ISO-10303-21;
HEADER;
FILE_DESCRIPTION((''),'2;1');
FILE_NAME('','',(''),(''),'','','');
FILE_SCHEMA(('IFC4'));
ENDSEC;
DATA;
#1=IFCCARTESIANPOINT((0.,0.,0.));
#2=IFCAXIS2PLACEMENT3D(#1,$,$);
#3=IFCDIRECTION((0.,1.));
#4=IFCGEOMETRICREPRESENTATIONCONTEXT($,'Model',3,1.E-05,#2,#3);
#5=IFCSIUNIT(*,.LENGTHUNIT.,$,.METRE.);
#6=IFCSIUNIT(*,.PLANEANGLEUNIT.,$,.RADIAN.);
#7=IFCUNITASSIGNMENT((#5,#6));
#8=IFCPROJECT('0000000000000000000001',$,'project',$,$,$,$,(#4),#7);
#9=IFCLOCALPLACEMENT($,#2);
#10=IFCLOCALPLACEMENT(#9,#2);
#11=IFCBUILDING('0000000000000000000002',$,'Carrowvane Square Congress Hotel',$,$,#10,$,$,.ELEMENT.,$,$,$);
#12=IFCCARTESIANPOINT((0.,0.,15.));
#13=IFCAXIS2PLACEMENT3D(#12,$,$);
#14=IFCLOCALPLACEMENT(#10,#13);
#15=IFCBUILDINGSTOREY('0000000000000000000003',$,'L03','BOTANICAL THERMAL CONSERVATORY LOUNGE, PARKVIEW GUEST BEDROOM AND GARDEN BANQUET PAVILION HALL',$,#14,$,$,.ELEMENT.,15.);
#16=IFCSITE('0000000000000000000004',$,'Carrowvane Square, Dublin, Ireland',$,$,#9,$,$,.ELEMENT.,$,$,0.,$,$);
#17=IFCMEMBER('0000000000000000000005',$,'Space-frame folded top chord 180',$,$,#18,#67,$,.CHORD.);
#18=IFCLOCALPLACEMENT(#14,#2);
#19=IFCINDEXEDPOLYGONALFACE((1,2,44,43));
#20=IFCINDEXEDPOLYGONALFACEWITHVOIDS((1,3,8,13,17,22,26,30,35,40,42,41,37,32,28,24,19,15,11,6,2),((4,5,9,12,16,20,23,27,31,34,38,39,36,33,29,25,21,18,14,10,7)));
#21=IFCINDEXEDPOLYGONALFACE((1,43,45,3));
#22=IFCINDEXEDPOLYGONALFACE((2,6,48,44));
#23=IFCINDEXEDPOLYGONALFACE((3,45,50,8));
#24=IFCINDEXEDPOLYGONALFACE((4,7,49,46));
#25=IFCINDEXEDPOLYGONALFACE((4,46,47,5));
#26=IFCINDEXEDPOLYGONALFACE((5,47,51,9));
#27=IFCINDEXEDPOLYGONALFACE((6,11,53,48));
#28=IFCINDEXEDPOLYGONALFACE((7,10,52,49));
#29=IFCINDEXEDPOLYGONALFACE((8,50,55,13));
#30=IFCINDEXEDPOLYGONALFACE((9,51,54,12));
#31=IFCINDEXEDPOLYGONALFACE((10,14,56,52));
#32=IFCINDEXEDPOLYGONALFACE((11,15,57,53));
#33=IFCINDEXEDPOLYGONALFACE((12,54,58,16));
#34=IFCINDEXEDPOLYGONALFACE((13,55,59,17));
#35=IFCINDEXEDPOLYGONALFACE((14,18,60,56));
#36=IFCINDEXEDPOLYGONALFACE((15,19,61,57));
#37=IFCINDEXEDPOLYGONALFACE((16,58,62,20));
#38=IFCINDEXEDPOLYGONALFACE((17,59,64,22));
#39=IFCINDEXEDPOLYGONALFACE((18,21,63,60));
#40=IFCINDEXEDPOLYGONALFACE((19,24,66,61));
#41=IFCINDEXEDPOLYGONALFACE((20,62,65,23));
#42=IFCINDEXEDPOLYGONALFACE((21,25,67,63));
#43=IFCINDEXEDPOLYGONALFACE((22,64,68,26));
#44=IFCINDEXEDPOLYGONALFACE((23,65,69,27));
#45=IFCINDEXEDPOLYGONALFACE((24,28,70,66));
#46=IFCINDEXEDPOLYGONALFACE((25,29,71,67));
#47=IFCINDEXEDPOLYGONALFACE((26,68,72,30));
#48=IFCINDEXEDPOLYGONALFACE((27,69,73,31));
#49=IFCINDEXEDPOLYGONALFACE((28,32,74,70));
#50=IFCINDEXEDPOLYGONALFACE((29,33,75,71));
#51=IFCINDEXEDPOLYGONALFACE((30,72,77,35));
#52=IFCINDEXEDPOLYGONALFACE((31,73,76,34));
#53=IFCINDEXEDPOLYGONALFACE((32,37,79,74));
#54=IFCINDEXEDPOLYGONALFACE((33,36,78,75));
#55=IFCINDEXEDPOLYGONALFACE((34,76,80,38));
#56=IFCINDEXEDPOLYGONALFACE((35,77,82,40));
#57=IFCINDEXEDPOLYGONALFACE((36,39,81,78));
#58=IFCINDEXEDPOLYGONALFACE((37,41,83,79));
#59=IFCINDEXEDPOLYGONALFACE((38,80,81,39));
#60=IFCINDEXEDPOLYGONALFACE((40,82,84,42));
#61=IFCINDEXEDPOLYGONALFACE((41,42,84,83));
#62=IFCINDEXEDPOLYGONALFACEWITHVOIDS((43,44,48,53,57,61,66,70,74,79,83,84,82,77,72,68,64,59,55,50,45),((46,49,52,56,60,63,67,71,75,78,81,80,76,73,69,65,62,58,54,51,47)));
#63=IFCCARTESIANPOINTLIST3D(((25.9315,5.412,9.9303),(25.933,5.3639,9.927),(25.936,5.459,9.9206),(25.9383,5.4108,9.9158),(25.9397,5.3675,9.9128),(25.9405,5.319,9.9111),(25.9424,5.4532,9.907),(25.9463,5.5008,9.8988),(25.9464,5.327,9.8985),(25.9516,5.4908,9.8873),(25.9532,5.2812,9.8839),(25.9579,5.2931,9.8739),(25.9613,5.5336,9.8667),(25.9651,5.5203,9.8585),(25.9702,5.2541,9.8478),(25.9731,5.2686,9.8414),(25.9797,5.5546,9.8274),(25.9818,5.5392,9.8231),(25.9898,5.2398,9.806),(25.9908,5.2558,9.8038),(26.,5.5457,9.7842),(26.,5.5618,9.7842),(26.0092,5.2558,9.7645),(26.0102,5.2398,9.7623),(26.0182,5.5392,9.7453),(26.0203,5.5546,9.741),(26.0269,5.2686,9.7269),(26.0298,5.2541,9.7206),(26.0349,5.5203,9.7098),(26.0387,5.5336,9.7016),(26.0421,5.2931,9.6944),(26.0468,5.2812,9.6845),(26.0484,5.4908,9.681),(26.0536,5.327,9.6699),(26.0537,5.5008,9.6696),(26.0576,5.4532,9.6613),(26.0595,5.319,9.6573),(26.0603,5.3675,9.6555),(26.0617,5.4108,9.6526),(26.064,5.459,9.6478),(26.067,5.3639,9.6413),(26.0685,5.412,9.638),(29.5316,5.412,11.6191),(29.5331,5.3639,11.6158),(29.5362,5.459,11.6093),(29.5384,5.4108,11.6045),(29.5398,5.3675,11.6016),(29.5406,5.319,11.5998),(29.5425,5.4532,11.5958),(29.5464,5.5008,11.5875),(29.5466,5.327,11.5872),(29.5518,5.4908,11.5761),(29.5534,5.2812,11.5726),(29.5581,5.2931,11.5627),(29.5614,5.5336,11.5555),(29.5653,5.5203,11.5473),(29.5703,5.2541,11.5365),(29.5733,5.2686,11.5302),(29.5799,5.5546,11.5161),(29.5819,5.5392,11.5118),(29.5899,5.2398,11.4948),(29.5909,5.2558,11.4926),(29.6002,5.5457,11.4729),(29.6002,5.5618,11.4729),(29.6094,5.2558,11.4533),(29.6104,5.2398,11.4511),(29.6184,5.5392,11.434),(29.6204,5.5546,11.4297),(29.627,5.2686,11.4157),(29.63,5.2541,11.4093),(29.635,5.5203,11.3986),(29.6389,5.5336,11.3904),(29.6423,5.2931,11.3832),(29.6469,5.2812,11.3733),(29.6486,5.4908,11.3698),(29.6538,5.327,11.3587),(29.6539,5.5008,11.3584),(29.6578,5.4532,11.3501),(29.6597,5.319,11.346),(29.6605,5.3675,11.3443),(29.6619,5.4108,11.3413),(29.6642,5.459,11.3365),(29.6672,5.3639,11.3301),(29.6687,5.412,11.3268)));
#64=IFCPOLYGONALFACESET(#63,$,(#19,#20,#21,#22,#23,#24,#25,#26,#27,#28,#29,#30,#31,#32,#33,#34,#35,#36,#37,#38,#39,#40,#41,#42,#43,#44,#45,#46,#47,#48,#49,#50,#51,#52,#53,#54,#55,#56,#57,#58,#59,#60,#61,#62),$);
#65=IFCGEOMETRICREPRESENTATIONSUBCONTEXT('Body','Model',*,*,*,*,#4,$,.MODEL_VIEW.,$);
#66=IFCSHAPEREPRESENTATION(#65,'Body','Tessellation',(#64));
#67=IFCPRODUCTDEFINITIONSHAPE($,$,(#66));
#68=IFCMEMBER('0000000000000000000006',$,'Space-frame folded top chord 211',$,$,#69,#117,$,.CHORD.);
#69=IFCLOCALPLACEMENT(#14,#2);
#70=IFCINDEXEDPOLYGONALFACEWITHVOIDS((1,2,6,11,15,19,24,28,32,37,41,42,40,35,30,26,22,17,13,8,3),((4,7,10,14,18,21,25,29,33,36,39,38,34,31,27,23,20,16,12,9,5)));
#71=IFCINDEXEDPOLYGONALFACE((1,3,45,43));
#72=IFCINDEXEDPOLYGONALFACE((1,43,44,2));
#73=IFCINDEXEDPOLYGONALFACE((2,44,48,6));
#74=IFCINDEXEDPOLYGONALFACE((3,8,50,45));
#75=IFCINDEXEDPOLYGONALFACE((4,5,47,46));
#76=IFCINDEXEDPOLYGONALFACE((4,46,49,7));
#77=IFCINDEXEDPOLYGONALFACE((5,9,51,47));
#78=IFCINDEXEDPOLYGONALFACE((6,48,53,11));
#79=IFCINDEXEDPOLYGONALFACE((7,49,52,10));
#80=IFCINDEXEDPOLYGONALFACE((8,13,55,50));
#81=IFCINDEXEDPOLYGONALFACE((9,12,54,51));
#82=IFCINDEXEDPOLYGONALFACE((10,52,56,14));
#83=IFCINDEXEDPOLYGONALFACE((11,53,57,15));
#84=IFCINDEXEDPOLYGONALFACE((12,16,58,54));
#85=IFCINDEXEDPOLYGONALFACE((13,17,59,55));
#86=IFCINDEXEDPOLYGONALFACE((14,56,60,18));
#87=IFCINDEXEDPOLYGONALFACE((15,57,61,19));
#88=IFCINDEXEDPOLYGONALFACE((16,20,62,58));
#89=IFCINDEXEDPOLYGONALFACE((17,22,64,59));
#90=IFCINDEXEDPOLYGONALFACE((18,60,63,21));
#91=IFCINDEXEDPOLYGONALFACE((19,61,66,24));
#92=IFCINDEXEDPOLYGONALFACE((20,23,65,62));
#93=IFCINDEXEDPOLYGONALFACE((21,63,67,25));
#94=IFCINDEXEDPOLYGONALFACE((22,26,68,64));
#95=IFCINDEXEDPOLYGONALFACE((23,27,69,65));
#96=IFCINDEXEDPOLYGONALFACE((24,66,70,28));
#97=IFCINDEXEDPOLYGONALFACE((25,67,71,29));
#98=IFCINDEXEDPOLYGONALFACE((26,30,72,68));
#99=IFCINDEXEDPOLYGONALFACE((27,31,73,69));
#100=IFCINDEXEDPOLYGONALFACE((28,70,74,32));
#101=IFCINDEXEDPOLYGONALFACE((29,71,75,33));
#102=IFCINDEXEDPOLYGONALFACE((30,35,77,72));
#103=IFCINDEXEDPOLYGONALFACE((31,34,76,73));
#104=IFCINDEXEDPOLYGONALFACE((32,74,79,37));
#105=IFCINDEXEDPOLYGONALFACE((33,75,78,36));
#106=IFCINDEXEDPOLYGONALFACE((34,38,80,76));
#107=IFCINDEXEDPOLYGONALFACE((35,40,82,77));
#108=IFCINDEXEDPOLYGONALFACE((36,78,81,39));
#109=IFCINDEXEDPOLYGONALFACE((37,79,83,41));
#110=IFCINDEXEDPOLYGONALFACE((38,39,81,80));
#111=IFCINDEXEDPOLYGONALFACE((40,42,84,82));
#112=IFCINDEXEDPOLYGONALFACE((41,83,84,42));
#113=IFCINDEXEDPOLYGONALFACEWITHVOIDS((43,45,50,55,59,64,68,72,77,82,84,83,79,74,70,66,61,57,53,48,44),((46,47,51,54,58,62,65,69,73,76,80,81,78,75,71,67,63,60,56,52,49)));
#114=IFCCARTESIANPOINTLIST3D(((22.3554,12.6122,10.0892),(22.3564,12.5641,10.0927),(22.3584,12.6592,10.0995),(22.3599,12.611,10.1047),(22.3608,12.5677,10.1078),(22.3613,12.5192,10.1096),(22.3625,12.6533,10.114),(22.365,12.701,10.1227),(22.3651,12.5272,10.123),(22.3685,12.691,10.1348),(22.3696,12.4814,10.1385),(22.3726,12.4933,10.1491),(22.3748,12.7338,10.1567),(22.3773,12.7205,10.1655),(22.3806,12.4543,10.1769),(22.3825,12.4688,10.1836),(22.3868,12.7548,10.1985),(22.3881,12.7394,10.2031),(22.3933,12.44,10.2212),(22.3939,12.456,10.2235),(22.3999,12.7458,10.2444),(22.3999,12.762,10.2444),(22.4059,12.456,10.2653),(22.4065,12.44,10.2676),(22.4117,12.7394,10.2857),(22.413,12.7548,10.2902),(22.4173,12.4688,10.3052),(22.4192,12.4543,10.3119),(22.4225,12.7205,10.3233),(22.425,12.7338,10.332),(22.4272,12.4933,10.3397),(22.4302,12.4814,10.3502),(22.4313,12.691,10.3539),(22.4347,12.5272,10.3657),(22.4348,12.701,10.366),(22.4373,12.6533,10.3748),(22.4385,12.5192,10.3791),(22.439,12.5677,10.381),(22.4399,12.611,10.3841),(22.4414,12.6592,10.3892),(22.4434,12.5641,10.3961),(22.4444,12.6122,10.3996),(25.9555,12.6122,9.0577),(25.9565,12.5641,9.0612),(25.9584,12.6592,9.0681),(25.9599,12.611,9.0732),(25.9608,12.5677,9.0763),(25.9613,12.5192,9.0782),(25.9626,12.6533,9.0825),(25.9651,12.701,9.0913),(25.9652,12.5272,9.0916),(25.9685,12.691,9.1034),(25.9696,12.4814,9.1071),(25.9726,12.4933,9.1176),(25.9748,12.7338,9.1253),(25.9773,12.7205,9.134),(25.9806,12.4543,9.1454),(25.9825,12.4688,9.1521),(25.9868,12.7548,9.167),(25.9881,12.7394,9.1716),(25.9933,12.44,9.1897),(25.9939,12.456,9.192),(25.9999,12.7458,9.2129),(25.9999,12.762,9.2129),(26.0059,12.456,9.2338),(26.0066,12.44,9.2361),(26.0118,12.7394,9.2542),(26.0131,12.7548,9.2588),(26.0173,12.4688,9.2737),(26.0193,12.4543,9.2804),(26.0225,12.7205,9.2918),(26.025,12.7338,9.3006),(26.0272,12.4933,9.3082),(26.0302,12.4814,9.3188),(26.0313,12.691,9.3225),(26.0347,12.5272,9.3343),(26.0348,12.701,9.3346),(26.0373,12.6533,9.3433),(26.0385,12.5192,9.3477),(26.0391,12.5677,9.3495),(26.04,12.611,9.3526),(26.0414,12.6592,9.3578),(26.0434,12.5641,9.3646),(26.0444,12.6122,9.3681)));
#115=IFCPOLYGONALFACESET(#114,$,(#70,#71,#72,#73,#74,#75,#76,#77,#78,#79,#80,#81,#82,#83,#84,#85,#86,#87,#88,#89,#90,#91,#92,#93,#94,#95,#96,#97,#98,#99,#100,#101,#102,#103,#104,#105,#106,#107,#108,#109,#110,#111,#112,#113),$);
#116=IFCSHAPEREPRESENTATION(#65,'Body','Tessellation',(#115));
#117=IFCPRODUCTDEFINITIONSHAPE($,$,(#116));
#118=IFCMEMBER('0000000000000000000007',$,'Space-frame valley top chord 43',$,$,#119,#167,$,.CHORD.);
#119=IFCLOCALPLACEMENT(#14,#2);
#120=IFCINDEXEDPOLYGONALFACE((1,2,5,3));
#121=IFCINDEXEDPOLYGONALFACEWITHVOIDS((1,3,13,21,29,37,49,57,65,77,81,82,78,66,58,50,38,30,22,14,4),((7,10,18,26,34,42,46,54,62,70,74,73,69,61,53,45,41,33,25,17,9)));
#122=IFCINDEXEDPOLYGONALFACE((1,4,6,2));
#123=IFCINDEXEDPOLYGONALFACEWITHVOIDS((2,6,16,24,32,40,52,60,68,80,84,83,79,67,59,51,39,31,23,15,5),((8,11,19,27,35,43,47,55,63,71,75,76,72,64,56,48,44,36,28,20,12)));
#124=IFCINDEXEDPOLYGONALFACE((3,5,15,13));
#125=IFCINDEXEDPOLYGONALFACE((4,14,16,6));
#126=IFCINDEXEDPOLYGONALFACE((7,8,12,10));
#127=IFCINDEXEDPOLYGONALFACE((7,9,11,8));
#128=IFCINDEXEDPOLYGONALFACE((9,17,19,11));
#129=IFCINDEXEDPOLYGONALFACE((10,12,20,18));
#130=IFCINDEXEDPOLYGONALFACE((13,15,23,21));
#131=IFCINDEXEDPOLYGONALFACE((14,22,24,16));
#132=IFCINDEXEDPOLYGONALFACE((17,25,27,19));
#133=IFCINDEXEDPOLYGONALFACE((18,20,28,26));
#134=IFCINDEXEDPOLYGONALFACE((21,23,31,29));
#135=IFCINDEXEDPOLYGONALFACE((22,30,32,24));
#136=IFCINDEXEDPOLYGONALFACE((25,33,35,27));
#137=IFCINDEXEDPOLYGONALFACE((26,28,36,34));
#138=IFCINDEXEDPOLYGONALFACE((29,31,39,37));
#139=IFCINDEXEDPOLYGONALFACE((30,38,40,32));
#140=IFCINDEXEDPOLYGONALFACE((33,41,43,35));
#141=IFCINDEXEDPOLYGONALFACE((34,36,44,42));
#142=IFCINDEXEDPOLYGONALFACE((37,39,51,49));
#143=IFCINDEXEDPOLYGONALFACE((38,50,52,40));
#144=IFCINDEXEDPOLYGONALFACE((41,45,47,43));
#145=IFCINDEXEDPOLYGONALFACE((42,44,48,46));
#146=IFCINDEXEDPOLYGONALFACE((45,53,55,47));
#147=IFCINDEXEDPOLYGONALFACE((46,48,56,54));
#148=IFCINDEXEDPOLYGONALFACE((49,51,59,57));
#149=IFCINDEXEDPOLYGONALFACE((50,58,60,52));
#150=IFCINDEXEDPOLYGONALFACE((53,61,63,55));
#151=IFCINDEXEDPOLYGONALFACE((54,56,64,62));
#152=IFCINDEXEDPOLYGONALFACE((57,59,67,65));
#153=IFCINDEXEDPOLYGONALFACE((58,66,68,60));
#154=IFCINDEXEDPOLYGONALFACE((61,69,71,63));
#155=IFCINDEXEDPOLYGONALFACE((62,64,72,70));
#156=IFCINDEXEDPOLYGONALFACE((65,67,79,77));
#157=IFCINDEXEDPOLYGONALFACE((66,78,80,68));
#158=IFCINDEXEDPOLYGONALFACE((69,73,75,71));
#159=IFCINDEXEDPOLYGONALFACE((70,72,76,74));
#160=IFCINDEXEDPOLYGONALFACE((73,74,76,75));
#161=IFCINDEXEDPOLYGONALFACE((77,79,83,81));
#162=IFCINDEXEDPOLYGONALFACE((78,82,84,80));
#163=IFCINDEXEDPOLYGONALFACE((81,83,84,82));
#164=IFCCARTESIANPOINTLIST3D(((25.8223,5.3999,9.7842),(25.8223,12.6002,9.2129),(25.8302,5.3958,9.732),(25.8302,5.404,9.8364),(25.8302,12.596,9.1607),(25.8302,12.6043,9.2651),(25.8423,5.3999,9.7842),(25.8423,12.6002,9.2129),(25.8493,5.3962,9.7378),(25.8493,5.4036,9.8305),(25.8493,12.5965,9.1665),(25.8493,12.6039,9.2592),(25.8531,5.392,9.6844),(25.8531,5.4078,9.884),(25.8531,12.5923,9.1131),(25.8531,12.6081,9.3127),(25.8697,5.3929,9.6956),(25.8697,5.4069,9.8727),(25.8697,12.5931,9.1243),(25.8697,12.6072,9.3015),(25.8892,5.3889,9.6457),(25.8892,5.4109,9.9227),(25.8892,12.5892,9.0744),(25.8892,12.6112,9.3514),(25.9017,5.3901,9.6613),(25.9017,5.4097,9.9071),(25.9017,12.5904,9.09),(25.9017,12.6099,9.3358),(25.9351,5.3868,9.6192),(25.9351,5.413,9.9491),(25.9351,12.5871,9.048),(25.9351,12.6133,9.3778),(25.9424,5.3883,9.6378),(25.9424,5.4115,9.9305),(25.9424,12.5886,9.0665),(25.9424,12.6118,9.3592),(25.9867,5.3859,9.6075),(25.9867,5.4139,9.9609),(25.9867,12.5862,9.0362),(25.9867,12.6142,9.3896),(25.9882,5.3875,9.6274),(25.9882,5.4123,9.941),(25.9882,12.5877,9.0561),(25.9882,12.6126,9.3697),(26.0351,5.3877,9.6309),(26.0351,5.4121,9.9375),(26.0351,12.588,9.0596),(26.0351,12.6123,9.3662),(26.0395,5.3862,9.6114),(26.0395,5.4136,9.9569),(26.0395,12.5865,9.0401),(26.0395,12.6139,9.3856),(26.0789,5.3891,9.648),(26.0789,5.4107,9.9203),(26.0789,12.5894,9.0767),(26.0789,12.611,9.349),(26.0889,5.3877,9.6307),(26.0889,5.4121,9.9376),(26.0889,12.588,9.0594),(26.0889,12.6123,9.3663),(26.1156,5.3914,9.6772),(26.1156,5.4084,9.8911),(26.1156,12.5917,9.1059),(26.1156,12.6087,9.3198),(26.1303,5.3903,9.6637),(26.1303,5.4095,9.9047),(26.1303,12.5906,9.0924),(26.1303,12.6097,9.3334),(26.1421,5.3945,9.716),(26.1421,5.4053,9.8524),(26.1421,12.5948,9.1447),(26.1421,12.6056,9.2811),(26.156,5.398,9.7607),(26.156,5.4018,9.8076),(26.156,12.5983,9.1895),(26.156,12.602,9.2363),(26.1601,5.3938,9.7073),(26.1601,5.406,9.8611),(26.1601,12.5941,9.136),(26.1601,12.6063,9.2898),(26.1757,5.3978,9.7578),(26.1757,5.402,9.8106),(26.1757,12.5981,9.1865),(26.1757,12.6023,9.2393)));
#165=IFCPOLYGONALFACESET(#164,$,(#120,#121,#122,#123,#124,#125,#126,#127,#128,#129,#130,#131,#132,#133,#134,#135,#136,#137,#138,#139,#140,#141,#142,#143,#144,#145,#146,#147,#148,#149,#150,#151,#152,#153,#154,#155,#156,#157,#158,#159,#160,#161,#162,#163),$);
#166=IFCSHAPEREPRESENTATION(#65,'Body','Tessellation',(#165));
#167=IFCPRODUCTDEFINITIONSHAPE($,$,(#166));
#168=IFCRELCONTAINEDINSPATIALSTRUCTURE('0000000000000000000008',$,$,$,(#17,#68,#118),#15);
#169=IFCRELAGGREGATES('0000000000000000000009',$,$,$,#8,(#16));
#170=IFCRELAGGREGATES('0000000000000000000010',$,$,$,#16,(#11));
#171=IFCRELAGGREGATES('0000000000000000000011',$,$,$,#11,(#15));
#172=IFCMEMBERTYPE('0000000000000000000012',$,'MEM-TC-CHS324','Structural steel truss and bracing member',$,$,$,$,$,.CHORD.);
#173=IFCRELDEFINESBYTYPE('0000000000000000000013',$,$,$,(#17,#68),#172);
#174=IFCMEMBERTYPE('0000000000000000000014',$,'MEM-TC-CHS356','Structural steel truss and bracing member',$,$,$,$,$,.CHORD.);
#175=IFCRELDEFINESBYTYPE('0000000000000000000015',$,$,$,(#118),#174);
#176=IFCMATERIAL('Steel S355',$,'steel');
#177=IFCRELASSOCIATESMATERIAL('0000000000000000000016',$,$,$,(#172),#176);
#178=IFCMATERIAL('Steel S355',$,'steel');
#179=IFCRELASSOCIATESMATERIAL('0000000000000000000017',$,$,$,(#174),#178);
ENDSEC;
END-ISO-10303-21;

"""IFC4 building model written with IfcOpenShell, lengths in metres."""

from ifc_helpers import new_model, si_unit, direction, frame, origin, origin_2d, place, context, subcontext, project, spatial, hollow_circle, extrude, material, material_profile, profile_set, type_object, element, save


model = new_model("IFC4")

# Units and contexts
model_context = context("Model", 3, precision=1e-05, world=origin(), true_north=direction((0.0, 1.0)))
body_context = subcontext(model_context, "Body", "Model", "MODEL_VIEW")
ifc_project = project(units=[si_unit("LENGTHUNIT", "METRE"), si_unit("PLANEANGLEUNIT", "RADIAN")], contexts=[model_context])

# Site, building, storey
site_placement = place(None, origin())
site = spatial("IfcSite", under=ifc_project, at=site_placement, Name="Carrowvane Square, Dublin, Ireland", CompositionType="ELEMENT", RefElevation=0.0)
building_placement = place(site_placement, origin())
building = spatial("IfcBuilding", under=site, at=building_placement, Name="Carrowvane Square Congress Hotel", CompositionType="ELEMENT")
storey_placement = place(building_placement, frame((0.0, 0.0, 15.0)))
storey = spatial("IfcBuildingStorey", under=building, at=storey_placement, Name="L03", Description="BOTANICAL THERMAL CONSERVATORY LOUNGE, PARKVIEW GUEST BEDROOM AND GARDEN BANQUET PAVILION HALL", CompositionType="ELEMENT", Elevation=15.0)

# Members
ifc_material_1 = material(Name="Steel S355", Category="steel")
ifc_material_profile_1 = material_profile(ifc_material_1, hollow_circle(Radius=0.1619, WallThickness=0.0161, at=origin_2d()), Name="CHS 323.9x16")
ifc_profile_set_1 = profile_set([ifc_material_profile_1], Name="Steel S355")
member_type_1 = type_object("IfcMemberType", Name="MEM-TC-CHS324", Description="Structural steel truss and bracing member", PredefinedType="CHORD", material=ifc_profile_set_1)
member_1_placement = place(storey_placement, frame((26.0, 5.3999, 9.7842), z_axis=(0.905345, 0.0, 0.424676), x_axis=(0.0, 1.0, 0.0)))
element("IfcMember", 1, at=member_1_placement, inside=storey, type_object=member_type_1, Name="Space-frame folded top chord 180", PredefinedType="CHORD", context=body_context, shape_type="SweptSolid", body=[
    extrude(hollow_circle(Radius=0.1619, WallThickness=0.0161, at=origin_2d()), origin(), (0.0, 0.0, 1.0), 3.9766),
])
member_2_placement = place(storey_placement, frame((22.3999, 12.6001, 10.2444), z_axis=(0.961319, 0.0, -0.275436), x_axis=(0.0, 1.0, 0.0)))
element("IfcMember", 2, at=member_2_placement, inside=storey, type_object=member_type_1, Name="Space-frame folded top chord 211", PredefinedType="CHORD", context=body_context, shape_type="SweptSolid", body=[
    extrude(hollow_circle(Radius=0.1619, WallThickness=0.0161, at=origin_2d()), origin(), (0.0, 0.0, 1.0), 3.7449),
])
ifc_material_2 = material(Name="Steel S355", Category="steel")
ifc_material_profile_2 = material_profile(ifc_material_2, hollow_circle(Radius=0.1777, WallThickness=0.02, at=origin_2d()), Name="CHS 355.6x20")
ifc_profile_set_2 = profile_set([ifc_material_profile_2], Name="Steel S355")
member_type_2 = type_object("IfcMemberType", Name="MEM-TC-CHS356", Description="Structural steel truss and bracing member", PredefinedType="CHORD", material=ifc_profile_set_2)
member_3_placement = place(storey_placement, frame((26.0, 5.3999, 9.7842), z_axis=(0.0, 0.996867, -0.079095), x_axis=(-1.0, 0.0, 0.0)))
element("IfcMember", 3, at=member_3_placement, inside=storey, type_object=member_type_2, Name="Space-frame valley top chord 43", PredefinedType="CHORD", context=body_context, shape_type="SweptSolid", body=[
    extrude(hollow_circle(Radius=0.1777, WallThickness=0.02, at=origin_2d()), origin(), (0.0, 0.0, 1.0), 7.2229),
])

save(model, "model.ifc")
